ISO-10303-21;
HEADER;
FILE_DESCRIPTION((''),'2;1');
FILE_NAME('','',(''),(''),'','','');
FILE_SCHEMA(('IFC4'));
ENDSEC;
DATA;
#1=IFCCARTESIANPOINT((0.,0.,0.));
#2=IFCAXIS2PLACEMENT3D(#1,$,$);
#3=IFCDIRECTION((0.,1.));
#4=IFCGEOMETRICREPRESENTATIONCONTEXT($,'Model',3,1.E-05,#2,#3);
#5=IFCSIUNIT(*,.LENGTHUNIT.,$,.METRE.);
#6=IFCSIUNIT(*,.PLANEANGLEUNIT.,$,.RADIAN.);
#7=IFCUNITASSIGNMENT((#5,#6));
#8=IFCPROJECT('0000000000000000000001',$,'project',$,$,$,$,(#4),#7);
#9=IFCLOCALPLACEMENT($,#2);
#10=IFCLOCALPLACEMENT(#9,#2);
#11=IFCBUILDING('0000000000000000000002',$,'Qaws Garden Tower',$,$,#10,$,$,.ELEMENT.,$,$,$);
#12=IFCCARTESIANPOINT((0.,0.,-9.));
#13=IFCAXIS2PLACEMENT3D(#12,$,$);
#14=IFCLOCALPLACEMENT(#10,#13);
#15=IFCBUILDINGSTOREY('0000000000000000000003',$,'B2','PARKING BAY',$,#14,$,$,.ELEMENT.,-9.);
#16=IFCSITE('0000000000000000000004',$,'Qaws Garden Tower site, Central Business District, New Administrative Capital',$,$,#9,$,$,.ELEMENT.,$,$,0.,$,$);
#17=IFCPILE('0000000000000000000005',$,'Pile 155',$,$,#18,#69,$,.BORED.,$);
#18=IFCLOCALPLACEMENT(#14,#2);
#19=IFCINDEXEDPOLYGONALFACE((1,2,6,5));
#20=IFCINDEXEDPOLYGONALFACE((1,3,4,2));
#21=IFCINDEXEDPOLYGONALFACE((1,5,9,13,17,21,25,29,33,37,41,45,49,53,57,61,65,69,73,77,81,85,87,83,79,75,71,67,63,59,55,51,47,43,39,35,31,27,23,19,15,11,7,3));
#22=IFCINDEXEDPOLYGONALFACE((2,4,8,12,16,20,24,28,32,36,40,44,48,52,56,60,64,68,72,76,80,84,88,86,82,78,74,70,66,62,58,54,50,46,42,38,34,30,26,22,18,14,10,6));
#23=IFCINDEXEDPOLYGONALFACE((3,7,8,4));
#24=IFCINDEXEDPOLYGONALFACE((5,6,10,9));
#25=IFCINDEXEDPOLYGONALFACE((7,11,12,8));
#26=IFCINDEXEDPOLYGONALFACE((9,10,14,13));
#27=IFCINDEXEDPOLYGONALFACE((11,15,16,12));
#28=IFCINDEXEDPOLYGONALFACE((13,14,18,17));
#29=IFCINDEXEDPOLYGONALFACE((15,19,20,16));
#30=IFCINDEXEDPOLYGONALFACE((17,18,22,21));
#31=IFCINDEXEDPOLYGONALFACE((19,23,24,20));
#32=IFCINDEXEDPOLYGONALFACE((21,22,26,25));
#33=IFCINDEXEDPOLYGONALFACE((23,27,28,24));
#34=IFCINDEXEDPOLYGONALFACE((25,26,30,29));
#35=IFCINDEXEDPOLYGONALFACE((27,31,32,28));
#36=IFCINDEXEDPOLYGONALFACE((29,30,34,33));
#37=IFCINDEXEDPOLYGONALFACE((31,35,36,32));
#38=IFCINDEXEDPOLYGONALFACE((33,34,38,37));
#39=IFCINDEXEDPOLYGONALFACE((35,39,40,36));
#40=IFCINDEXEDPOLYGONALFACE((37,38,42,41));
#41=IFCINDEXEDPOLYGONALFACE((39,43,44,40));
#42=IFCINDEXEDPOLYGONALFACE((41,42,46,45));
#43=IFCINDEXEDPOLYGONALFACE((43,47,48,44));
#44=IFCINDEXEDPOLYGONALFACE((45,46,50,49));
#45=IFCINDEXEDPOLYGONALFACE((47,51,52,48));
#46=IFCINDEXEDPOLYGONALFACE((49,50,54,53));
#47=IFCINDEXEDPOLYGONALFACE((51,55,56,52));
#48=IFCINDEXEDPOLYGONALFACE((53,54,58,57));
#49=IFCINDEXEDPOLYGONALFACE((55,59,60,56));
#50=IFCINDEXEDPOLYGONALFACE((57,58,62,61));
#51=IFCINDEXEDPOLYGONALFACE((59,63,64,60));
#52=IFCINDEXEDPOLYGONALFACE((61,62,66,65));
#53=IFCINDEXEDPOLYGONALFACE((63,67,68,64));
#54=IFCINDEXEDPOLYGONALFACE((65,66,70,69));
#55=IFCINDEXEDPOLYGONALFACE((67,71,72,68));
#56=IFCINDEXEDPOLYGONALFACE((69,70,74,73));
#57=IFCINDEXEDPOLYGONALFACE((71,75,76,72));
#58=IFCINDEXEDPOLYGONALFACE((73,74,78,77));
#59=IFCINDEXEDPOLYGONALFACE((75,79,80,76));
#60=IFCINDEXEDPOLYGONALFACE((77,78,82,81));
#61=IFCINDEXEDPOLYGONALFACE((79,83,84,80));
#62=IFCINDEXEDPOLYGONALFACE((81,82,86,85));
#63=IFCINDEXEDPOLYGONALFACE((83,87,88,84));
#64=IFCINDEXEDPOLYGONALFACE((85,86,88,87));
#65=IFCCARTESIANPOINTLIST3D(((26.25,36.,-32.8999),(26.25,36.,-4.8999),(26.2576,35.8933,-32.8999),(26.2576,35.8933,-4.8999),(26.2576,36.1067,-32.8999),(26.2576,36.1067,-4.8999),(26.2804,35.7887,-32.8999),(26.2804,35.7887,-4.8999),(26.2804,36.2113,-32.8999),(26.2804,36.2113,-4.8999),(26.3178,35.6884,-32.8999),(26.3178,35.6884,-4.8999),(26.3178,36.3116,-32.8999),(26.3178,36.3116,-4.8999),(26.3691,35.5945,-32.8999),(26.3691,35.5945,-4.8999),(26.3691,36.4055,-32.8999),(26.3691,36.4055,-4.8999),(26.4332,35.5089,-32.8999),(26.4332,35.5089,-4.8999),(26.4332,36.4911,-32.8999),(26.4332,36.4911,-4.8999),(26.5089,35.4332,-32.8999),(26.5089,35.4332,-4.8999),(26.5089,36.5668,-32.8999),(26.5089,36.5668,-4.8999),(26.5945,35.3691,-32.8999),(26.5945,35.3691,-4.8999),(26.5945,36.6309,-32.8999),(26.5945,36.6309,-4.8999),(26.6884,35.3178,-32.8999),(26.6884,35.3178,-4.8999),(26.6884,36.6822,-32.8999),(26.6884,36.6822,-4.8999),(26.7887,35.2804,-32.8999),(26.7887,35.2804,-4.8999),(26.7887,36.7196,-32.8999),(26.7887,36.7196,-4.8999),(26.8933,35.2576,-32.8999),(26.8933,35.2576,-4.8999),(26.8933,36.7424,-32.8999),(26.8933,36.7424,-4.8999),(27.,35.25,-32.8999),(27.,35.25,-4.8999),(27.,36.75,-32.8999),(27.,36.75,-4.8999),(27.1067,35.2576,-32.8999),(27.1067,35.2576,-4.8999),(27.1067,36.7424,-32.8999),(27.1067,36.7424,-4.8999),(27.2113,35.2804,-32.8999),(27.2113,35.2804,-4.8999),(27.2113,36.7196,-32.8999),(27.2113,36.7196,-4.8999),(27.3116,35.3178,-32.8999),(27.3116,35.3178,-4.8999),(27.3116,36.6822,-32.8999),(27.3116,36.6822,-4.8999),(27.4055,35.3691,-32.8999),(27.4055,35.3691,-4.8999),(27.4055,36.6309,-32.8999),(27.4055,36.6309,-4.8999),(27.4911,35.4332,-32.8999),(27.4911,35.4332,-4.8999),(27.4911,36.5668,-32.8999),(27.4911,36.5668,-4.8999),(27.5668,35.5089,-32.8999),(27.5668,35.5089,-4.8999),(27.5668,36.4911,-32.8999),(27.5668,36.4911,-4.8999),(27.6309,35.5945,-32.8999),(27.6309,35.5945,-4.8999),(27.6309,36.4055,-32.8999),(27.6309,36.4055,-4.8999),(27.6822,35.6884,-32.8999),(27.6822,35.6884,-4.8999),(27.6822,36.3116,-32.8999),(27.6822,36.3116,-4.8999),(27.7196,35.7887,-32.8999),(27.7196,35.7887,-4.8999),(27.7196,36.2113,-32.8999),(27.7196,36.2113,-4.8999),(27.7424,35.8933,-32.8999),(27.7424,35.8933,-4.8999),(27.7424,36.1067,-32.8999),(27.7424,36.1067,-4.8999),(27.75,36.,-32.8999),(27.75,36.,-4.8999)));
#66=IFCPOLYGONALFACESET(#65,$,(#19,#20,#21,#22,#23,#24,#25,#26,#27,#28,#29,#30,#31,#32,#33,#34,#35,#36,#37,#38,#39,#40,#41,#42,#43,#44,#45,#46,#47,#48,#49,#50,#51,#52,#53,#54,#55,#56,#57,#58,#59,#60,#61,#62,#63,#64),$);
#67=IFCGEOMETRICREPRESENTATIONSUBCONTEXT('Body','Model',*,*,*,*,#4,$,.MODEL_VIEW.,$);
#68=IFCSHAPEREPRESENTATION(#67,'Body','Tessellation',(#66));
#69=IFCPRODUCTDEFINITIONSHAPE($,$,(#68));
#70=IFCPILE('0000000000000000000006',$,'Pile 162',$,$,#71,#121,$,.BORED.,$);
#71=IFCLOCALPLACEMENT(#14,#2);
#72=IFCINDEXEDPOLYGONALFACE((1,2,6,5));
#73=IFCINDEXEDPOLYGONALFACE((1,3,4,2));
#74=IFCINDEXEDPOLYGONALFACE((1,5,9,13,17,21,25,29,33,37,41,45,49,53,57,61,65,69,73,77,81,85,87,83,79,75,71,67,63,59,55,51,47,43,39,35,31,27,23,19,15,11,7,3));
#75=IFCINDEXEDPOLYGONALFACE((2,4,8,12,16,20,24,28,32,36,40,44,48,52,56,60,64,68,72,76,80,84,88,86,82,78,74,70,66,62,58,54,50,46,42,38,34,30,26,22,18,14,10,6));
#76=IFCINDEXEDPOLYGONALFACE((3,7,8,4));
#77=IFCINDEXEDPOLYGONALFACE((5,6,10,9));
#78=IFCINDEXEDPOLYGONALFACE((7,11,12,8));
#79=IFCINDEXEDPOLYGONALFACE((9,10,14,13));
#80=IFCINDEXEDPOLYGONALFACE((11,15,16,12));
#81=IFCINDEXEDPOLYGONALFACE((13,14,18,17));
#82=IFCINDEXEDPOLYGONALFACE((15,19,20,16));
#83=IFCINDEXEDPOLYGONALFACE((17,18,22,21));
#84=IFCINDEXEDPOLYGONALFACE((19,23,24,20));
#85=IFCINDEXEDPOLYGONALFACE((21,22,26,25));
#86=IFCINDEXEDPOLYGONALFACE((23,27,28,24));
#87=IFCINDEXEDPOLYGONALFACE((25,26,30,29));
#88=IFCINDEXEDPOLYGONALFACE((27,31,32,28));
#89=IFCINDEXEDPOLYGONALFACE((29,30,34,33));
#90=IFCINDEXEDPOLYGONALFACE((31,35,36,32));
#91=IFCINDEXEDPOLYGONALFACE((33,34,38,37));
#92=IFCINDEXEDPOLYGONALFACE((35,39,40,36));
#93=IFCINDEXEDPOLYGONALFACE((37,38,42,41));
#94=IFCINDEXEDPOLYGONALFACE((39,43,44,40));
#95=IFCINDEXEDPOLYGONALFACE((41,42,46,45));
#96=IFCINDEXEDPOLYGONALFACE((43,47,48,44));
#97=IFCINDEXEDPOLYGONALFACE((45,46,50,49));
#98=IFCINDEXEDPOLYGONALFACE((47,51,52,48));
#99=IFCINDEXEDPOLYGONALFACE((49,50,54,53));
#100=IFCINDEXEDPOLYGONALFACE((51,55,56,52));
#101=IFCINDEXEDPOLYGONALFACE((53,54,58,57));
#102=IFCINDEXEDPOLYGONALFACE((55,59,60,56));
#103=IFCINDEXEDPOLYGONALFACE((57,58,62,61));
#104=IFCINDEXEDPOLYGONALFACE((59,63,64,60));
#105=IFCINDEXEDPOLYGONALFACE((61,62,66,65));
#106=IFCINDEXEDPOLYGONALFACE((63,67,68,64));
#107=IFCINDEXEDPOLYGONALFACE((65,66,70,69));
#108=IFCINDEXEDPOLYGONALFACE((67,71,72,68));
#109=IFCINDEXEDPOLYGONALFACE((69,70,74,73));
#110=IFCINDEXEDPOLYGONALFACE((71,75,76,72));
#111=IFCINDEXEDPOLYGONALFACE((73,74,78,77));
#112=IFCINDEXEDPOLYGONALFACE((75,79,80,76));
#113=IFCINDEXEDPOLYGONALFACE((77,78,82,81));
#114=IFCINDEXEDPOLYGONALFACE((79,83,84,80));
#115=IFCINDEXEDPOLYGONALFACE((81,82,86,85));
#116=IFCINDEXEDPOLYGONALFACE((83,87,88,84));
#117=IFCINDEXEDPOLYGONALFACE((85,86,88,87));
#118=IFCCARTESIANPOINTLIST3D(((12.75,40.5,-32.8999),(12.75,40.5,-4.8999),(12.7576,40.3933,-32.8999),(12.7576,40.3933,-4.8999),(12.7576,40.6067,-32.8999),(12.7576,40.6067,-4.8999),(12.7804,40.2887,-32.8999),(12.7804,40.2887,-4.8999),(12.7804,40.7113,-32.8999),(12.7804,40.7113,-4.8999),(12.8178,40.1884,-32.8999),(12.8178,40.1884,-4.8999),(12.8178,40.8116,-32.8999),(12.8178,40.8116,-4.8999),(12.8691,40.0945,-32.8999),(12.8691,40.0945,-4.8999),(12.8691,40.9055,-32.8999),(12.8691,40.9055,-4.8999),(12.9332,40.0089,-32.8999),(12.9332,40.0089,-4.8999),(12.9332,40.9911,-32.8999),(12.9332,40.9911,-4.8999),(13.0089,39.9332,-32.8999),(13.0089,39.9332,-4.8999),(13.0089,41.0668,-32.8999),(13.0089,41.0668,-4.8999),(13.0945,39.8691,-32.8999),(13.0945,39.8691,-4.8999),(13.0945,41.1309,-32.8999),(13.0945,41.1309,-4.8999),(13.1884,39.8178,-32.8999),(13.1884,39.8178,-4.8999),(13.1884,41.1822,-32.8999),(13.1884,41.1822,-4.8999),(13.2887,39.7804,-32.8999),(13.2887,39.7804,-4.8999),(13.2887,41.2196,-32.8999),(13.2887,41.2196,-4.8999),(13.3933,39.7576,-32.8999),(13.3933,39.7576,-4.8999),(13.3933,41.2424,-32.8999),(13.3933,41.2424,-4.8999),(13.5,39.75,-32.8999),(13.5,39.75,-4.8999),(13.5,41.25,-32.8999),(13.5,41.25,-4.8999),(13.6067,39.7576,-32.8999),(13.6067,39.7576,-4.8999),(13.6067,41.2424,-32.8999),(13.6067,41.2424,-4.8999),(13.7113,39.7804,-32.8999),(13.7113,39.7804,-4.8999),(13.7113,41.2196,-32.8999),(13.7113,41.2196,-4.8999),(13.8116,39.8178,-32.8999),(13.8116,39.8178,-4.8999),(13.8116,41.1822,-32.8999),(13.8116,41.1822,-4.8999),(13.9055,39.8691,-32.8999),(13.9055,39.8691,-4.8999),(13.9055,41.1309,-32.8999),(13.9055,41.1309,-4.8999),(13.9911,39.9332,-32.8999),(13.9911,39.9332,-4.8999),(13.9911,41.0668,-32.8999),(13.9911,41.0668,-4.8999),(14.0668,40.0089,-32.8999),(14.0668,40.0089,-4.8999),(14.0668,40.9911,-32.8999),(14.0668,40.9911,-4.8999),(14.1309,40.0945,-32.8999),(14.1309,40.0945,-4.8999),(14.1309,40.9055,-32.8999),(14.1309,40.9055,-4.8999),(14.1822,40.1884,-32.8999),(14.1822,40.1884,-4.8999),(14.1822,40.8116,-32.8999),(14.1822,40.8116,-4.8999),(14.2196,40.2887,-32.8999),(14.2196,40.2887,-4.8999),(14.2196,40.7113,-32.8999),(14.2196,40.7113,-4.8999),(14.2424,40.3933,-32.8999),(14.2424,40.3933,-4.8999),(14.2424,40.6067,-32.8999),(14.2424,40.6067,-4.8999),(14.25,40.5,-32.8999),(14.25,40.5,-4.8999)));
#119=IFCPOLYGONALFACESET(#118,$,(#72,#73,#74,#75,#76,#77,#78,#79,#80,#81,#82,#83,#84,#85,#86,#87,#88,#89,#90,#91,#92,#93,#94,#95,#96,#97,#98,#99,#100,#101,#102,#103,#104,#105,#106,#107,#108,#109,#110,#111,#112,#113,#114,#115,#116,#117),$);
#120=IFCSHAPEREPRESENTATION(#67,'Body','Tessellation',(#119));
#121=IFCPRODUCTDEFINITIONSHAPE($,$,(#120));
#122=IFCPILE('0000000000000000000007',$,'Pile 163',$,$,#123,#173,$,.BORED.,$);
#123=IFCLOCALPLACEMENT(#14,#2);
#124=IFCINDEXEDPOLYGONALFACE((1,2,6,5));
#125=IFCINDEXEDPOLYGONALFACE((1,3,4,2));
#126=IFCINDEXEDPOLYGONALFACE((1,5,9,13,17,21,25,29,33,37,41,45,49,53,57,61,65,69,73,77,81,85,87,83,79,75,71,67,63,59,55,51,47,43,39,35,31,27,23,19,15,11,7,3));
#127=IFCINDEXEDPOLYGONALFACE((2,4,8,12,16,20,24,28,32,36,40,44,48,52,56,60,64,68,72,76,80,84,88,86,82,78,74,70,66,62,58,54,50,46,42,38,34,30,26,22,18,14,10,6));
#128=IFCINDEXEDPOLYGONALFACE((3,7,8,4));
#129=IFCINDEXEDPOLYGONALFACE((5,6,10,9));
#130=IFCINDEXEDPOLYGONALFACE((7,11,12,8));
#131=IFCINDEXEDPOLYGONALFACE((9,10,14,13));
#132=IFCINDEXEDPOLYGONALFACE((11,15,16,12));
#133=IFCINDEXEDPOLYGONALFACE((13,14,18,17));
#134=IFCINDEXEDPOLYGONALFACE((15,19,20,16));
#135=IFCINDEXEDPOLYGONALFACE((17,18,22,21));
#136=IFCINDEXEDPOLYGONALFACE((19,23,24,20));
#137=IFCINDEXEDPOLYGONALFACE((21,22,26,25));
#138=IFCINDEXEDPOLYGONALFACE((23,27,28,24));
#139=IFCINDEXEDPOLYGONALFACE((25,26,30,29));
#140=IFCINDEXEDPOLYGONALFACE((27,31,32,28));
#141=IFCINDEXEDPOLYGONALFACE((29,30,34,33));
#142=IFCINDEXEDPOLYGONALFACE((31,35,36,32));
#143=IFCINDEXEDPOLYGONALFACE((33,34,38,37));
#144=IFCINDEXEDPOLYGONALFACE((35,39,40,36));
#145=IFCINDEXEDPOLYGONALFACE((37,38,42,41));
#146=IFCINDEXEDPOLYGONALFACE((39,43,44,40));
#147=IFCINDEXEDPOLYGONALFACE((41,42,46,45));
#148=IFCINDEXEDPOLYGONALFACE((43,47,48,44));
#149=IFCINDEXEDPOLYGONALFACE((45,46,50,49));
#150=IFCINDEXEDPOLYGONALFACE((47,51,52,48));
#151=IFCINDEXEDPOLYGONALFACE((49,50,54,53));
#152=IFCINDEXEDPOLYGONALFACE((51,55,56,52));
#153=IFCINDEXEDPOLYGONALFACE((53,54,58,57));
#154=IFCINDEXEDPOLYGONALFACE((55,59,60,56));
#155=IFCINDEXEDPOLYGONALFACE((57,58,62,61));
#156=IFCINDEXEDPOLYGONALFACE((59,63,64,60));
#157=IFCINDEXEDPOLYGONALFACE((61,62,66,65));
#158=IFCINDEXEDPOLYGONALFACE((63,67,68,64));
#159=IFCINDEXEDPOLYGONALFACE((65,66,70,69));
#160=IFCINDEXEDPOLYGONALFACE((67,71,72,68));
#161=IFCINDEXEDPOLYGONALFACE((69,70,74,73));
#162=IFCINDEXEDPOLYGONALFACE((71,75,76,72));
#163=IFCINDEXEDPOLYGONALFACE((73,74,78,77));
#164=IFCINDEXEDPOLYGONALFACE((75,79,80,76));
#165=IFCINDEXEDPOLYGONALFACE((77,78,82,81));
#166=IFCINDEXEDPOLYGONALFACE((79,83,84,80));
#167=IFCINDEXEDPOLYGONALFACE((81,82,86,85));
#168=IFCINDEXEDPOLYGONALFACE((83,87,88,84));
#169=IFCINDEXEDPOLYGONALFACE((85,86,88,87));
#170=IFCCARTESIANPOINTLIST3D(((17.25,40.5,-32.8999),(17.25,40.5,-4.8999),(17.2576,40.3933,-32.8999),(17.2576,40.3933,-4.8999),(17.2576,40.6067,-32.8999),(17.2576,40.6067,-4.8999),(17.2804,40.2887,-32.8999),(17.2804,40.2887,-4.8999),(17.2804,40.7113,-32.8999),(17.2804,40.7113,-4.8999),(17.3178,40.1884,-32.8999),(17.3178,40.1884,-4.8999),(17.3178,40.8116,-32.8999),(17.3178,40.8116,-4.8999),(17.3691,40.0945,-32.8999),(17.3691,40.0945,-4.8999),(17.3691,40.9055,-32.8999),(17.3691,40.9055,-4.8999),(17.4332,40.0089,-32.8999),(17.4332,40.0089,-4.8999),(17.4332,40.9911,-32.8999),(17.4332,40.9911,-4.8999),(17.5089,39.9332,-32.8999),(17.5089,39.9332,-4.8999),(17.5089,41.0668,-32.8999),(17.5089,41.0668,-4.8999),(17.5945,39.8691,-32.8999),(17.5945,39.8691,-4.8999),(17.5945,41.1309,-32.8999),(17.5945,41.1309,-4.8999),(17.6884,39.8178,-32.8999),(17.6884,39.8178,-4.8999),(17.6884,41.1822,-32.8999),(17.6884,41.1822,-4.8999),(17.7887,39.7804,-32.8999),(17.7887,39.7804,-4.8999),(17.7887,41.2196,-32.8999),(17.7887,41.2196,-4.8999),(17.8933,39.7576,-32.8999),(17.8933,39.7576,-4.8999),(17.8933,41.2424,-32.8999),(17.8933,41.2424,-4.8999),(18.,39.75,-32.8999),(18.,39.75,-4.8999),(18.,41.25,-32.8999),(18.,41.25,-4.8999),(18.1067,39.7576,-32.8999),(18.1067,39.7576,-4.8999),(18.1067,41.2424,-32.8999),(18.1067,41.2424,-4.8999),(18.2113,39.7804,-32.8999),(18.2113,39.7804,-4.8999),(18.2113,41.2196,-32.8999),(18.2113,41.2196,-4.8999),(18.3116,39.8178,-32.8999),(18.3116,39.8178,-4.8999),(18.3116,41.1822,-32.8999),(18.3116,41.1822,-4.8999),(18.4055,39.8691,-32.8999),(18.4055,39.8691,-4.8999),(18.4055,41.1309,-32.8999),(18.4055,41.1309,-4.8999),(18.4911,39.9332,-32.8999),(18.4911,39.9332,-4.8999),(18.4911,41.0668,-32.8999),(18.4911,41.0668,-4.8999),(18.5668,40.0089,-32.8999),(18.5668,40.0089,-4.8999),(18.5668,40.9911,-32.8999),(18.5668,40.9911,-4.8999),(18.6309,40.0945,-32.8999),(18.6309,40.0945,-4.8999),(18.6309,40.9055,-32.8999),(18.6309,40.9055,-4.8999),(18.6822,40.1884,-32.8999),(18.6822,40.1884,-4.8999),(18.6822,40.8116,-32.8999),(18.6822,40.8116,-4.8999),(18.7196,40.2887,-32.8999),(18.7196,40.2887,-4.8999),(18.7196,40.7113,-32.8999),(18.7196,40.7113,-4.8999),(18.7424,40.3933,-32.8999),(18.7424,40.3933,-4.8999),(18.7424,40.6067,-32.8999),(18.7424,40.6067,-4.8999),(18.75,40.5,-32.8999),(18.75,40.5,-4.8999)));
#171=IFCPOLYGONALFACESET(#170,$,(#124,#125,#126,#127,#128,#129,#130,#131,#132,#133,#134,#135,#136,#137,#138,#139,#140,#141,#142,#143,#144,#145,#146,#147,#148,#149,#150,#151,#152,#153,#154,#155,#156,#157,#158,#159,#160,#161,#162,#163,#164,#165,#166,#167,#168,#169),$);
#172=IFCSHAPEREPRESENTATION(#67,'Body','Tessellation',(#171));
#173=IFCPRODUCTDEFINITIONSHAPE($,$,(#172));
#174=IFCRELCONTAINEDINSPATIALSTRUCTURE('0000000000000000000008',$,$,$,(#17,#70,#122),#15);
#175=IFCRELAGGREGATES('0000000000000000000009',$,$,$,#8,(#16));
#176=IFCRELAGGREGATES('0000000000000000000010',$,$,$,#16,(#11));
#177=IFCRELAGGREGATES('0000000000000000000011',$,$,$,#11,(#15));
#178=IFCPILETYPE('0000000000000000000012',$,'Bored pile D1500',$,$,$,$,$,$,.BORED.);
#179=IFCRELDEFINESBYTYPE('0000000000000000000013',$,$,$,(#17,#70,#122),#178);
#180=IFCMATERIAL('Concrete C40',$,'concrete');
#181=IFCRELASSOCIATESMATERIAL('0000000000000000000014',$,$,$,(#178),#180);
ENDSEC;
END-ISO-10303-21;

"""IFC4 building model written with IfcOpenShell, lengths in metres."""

from ifc_helpers import new_model, si_unit, direction, frame, origin, origin_2d, place, context, subcontext, project, spatial, circle, extrude, material, material_profile, profile_set, type_object, element, save


model = new_model("IFC4")

# Units and contexts
model_context = context("Model", 3, precision=1e-05, world=origin(), true_north=direction((0.0, 1.0)))
body_context = subcontext(model_context, "Body", "Model", "MODEL_VIEW")
ifc_project = project(units=[si_unit("LENGTHUNIT", "METRE"), si_unit("PLANEANGLEUNIT", "RADIAN")], contexts=[model_context])

# Site, building, storey
site_placement = place(None, origin())
site = spatial("IfcSite", under=ifc_project, at=site_placement, Name="Qaws Garden Tower site, Central Business District, New Administrative Capital", CompositionType="ELEMENT", RefElevation=0.0)
building_placement = place(site_placement, origin())
building = spatial("IfcBuilding", under=site, at=building_placement, Name="Qaws Garden Tower", CompositionType="ELEMENT")
storey_placement = place(building_placement, frame((0.0, 0.0, -9.0)))
storey = spatial("IfcBuildingStorey", under=building, at=storey_placement, Name="B2", Description="PARKING BAY", CompositionType="ELEMENT", Elevation=-9.0)

# Piles
ifc_material_1 = material(Name="Concrete C40", Category="concrete")
ifc_material_profile_1 = material_profile(ifc_material_1, circle(Radius=0.75, at=origin_2d()), Name="Bored pile D1500")
ifc_profile_set_1 = profile_set([ifc_material_profile_1], Name="Concrete C40")
pile_type = type_object("IfcPileType", Name="Bored pile D1500", PredefinedType="BORED", material=ifc_profile_set_1)
for number, where, z_axis, x_axis, name in (
    (1, (27.0, 36.0, -4.8999), (0.0, 0.0, -1.0), (1.0, 0.0, 0.0), "Pile 155"),
    (2, (13.5, 40.5, -4.8999), (0.0, 0.0, -1.0), (1.0, 0.0, 0.0), "Pile 162"),
    (3, (18.0, 40.5, -4.8999), (0.0, 0.0, -1.0), (1.0, 0.0, 0.0), "Pile 163"),
):
    element("IfcPile", number, at=place(storey_placement, frame(where, z_axis=z_axis, x_axis=x_axis)), inside=storey, type_object=pile_type, Name=name, PredefinedType="BORED", context=body_context, shape_type="SweptSolid", body=[
        extrude(circle(Radius=0.75, at=origin_2d()), origin(), (0.0, 0.0, 1.0), 28.0),
    ])

save(model, "model.ifc")
